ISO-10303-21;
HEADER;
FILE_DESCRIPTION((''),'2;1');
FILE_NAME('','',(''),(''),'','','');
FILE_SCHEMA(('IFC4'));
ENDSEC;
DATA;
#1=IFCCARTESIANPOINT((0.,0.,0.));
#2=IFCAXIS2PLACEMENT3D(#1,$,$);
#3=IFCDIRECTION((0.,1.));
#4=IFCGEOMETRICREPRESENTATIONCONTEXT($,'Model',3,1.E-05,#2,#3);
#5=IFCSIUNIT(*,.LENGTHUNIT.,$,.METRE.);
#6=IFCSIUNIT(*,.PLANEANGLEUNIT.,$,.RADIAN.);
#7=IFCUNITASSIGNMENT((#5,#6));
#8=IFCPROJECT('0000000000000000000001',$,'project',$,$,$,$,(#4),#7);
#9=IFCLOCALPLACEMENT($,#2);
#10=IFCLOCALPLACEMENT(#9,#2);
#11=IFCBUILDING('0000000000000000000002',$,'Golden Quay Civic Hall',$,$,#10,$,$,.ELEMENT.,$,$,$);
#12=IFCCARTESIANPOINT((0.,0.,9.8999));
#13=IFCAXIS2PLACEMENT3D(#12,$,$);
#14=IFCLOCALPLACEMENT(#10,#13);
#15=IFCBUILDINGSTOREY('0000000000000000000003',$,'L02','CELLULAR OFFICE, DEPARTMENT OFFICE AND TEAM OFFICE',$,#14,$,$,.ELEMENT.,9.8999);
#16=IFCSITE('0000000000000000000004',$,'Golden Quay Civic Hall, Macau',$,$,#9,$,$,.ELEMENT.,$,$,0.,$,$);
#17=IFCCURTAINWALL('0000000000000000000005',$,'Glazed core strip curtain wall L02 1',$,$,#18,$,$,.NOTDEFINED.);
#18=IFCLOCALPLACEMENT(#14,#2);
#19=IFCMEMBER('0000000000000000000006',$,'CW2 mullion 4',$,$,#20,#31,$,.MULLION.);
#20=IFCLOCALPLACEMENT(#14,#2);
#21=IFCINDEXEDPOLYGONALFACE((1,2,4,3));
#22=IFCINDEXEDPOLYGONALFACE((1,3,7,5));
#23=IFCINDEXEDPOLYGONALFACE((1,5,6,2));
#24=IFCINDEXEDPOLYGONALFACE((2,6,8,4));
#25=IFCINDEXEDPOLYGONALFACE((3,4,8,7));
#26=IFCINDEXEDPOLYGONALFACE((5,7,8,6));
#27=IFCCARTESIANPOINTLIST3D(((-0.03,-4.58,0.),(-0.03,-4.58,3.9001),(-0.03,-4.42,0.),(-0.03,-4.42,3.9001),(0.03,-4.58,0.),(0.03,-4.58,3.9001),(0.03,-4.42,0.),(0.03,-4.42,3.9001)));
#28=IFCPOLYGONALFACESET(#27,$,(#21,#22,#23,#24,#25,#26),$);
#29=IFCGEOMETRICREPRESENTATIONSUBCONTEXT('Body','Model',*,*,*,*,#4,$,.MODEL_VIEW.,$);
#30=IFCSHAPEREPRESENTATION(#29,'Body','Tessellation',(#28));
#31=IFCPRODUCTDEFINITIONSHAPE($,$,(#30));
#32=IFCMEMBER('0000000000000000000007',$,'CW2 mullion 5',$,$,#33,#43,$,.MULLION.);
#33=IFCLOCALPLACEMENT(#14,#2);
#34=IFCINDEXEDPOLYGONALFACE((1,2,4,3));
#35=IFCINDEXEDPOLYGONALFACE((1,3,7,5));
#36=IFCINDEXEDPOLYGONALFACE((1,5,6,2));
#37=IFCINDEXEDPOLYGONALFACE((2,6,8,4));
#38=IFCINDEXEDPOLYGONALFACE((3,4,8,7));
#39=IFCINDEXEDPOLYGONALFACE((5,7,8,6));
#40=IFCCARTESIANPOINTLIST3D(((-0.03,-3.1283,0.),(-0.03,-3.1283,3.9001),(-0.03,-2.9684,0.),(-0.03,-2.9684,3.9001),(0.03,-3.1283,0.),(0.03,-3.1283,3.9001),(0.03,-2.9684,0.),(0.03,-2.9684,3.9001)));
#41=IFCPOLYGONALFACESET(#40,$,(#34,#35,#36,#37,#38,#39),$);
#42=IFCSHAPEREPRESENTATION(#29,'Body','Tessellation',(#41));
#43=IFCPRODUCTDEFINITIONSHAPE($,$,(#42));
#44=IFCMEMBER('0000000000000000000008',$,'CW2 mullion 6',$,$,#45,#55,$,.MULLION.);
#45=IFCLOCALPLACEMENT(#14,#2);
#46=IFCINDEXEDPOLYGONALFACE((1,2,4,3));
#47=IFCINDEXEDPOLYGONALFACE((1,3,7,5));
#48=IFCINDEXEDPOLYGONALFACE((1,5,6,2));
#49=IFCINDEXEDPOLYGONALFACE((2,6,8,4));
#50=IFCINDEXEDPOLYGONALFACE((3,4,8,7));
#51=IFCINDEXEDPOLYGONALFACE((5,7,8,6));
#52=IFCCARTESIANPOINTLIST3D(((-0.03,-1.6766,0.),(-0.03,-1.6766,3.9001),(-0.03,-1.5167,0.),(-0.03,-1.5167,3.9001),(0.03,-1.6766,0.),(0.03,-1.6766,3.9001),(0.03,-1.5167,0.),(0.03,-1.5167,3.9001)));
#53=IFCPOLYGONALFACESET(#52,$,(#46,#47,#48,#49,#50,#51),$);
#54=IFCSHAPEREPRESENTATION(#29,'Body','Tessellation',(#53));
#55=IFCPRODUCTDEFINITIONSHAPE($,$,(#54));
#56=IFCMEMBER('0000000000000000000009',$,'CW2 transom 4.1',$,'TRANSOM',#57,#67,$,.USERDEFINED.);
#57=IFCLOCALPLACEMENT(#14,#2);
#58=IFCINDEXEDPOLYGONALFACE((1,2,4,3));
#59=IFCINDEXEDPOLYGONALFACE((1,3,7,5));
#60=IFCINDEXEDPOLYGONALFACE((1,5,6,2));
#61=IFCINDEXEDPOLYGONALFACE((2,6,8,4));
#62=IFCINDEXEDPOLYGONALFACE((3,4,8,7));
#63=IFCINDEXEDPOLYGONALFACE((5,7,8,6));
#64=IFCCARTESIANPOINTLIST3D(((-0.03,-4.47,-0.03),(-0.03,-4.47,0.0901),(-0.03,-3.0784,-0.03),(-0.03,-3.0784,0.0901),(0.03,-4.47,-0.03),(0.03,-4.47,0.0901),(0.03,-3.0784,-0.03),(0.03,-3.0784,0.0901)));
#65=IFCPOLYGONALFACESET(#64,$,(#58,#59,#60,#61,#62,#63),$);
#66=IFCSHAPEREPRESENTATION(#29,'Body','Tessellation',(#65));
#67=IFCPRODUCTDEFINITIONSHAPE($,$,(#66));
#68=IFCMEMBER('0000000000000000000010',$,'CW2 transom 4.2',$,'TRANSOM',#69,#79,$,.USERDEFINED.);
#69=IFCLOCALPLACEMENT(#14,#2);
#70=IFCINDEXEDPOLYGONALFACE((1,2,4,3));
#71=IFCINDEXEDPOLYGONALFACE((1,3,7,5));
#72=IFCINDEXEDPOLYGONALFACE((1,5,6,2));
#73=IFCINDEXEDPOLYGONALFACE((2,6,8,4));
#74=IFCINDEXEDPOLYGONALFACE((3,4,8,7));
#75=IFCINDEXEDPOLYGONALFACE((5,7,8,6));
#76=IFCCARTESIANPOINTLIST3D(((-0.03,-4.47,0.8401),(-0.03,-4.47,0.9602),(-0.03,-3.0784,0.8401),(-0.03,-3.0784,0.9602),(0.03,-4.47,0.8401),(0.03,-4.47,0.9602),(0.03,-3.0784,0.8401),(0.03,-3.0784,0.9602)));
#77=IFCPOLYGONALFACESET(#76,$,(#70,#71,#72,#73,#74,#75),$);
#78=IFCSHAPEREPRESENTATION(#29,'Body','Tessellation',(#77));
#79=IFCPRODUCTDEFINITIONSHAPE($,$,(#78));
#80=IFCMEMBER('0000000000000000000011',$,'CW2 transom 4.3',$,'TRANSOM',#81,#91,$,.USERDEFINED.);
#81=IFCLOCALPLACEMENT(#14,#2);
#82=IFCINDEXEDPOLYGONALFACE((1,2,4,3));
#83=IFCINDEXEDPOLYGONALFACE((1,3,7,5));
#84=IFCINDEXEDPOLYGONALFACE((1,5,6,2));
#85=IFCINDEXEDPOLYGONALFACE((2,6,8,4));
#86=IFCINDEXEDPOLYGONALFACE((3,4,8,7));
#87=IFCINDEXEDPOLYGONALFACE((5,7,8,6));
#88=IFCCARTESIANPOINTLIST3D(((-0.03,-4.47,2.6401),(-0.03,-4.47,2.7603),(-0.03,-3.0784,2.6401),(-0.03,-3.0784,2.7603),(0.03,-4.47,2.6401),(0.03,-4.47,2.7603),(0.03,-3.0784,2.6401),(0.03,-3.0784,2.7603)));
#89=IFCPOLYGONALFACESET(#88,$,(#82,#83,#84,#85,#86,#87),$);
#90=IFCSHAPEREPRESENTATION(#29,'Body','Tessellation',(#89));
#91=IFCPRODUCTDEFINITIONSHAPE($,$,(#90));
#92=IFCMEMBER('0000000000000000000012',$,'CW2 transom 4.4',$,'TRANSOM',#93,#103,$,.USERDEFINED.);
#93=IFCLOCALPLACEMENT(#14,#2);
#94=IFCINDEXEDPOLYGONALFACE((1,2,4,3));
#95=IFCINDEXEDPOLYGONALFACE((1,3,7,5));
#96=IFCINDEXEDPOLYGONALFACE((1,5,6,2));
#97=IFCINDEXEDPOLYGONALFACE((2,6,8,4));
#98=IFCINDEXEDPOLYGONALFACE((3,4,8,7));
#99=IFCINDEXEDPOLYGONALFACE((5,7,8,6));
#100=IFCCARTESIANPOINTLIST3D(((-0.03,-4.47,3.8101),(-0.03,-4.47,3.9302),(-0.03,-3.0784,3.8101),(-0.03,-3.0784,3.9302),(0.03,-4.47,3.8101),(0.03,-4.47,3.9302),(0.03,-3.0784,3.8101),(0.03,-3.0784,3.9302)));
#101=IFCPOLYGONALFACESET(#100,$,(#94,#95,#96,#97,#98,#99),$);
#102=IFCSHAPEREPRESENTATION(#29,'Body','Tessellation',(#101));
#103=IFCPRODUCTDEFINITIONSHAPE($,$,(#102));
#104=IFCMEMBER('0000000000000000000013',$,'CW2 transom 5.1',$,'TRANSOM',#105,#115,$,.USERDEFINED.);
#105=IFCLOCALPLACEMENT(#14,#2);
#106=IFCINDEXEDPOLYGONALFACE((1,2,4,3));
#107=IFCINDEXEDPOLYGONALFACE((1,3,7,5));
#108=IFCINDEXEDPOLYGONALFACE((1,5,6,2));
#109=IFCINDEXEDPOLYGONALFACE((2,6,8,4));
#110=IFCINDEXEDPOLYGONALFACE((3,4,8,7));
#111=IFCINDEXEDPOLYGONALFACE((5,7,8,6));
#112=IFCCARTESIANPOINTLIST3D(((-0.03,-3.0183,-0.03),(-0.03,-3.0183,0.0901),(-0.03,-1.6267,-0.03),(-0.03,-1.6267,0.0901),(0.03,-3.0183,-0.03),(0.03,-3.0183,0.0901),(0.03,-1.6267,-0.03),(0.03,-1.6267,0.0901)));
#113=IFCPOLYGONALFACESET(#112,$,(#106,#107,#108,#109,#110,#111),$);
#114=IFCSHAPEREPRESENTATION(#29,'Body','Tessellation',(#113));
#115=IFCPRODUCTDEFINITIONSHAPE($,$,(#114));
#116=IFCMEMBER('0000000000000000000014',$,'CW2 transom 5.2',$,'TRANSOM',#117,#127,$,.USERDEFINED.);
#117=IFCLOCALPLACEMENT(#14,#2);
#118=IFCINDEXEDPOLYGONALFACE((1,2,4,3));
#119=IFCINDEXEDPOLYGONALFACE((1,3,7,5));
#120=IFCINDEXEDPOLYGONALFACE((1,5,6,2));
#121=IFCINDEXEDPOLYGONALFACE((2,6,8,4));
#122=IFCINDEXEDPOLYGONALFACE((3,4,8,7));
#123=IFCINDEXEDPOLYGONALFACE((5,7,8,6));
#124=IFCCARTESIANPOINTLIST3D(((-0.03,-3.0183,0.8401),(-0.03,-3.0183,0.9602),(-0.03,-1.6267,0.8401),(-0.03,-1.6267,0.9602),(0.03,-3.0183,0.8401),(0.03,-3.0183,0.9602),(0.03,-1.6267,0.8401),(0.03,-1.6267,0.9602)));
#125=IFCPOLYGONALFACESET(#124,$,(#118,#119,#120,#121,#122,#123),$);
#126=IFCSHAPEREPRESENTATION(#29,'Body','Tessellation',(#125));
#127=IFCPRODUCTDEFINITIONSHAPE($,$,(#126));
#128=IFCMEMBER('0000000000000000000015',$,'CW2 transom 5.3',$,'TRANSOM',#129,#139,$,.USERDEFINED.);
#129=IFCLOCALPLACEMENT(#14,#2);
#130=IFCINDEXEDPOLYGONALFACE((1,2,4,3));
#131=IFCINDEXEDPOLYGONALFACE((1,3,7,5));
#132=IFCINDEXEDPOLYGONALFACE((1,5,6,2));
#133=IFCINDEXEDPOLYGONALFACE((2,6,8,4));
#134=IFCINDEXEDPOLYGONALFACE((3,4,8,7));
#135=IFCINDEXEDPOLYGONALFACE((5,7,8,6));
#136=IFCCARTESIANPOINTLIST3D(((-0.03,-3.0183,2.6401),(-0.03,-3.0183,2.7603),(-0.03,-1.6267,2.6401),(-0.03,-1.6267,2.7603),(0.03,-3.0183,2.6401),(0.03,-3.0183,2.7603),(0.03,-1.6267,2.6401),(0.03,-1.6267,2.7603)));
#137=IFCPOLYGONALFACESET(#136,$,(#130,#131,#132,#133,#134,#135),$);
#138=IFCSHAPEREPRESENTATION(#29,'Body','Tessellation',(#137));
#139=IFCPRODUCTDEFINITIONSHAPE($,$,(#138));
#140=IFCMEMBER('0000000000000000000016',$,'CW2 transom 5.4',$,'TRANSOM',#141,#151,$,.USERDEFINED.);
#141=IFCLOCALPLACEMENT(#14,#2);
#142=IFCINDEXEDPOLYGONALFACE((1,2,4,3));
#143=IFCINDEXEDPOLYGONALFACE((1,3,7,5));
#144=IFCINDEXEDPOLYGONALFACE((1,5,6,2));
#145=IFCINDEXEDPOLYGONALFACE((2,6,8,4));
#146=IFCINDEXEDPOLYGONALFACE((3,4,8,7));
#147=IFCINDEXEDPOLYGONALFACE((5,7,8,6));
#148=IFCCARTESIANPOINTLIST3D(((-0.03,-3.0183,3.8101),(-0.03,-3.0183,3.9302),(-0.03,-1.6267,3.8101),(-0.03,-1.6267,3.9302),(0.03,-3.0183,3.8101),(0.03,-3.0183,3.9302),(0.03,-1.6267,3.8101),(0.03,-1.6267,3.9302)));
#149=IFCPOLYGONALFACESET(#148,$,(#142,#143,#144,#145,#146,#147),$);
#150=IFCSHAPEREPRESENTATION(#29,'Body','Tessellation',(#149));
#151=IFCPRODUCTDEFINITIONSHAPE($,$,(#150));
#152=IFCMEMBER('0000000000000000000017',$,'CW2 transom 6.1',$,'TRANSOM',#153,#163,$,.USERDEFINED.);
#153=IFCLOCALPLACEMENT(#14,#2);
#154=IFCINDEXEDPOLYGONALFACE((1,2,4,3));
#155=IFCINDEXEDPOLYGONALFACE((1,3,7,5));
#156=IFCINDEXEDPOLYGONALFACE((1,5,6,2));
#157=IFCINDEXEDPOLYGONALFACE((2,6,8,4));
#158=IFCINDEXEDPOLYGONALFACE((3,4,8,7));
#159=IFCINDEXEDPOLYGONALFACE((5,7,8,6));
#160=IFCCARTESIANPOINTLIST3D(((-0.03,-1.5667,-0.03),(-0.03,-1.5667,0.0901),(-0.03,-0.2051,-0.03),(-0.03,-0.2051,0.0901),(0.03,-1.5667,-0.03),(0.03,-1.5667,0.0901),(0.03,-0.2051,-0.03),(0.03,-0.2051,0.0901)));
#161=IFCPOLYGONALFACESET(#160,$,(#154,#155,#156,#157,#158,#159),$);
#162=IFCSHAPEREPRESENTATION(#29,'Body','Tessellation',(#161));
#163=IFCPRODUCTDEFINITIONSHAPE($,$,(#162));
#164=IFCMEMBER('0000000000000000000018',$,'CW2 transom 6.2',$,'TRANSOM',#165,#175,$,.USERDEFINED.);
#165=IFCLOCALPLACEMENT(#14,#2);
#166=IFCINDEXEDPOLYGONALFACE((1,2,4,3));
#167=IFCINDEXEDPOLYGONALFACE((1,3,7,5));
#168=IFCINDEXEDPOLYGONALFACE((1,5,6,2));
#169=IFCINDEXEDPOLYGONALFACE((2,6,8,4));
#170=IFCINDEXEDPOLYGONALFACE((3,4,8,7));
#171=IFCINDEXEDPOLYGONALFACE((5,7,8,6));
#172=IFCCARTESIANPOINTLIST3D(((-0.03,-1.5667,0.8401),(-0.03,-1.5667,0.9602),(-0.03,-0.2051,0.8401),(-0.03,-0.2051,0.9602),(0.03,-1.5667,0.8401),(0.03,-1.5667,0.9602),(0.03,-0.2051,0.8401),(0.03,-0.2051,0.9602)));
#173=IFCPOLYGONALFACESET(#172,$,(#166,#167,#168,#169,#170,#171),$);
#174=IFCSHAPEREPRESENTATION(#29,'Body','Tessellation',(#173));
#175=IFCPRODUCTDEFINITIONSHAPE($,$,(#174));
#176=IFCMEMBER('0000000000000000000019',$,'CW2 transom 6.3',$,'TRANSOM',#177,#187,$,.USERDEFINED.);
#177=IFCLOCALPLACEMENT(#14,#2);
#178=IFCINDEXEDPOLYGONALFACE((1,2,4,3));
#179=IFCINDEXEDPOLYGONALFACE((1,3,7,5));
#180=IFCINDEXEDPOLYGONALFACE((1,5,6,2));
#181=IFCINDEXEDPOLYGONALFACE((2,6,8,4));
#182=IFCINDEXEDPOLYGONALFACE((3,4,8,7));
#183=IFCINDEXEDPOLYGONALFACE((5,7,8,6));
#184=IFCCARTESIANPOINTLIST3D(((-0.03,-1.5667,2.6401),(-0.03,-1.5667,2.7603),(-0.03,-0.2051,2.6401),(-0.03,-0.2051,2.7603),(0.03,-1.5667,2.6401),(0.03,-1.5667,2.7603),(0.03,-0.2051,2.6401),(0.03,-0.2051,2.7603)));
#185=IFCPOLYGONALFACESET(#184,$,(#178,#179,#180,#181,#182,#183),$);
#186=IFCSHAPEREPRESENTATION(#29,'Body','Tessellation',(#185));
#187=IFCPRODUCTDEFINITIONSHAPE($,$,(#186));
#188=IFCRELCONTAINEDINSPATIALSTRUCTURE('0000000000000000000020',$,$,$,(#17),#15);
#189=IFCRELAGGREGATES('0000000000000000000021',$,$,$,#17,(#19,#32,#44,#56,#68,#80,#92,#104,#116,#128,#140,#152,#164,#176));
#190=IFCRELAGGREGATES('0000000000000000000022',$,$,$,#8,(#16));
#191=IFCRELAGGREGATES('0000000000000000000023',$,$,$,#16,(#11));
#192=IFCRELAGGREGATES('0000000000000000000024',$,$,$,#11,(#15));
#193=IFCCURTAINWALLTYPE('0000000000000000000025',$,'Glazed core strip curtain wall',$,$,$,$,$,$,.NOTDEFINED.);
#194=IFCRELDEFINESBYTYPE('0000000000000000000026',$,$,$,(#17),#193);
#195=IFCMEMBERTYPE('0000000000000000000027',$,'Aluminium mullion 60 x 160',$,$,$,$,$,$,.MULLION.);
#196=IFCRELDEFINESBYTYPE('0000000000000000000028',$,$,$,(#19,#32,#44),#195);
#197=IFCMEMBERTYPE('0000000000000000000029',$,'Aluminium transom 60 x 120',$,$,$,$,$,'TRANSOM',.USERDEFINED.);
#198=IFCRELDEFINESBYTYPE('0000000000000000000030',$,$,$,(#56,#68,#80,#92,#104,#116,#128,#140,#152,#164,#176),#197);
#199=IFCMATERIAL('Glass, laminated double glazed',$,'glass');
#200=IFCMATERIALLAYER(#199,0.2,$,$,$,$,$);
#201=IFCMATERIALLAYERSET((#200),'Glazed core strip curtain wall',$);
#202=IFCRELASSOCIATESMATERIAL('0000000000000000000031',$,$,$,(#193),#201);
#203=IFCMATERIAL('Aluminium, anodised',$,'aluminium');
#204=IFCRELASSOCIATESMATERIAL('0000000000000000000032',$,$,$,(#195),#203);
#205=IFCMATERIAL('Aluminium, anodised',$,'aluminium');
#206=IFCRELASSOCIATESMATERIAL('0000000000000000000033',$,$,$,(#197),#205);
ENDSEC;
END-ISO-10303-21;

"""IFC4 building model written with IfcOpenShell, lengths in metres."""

from ifc_helpers import new_model, si_unit, direction, frame, origin, origin_2d, place, context, subcontext, project, spatial, rectangle, extrude, material, layer, layer_set, material_profile, profile_set, type_object, element, aggregate, save


model = new_model("IFC4")

# Units and contexts
model_context = context("Model", 3, precision=1e-05, world=origin(), true_north=direction((0.0, 1.0)))
body_context = subcontext(model_context, "Body", "Model", "MODEL_VIEW")
ifc_project = project(units=[si_unit("LENGTHUNIT", "METRE"), si_unit("PLANEANGLEUNIT", "RADIAN")], contexts=[model_context])

# Site, building, storey
site_placement = place(None, origin())
site = spatial("IfcSite", under=ifc_project, at=site_placement, Name="Golden Quay Civic Hall, Macau", CompositionType="ELEMENT", RefElevation=0.0)
building_placement = place(site_placement, origin())
building = spatial("IfcBuilding", under=site, at=building_placement, Name="Golden Quay Civic Hall", CompositionType="ELEMENT")
storey_placement = place(building_placement, frame((0.0, 0.0, 9.8999)))
storey = spatial("IfcBuildingStorey", under=building, at=storey_placement, Name="L02", Description="CELLULAR OFFICE, DEPARTMENT OFFICE AND TEAM OFFICE", CompositionType="ELEMENT", Elevation=9.8999)

# Curtain wall, members
ifc_material_1 = material(Name="Glass, laminated double glazed", Category="glass")
ifc_layer_1 = layer(ifc_material_1, 0.2)
ifc_layer_set_1 = layer_set([ifc_layer_1], Name="Glazed core strip curtain wall")
curtain_wall_type = type_object("IfcCurtainWallType", Name="Glazed core strip curtain wall", PredefinedType="NOTDEFINED", material=ifc_layer_set_1)
curtain_wall_placement = place(storey_placement, origin())
curtain_wall = element("IfcCurtainWall", 1, at=curtain_wall_placement, inside=storey, type_object=curtain_wall_type, Name="Glazed core strip curtain wall L02 1", PredefinedType="NOTDEFINED")
ifc_material_2 = material(Name="Aluminium, anodised", Category="aluminium")
ifc_material_profile_1 = material_profile(ifc_material_2, rectangle(XDim=0.0601, YDim=0.1599, at=origin_2d()), Name="Aluminium 60 x 160")
ifc_profile_set_1 = profile_set([ifc_material_profile_1], Name="Aluminium, anodised")
member_type_1 = type_object("IfcMemberType", Name="Aluminium mullion 60 x 160", PredefinedType="MULLION", material=ifc_profile_set_1)
member_1_placement = place(storey_placement, frame((0.0, -4.5, 0.0), z_axis=(0.0, 0.0, 1.0), x_axis=(-1.0, 0.0, 0.0)))
member_1 = element("IfcMember", 2, at=member_1_placement, type_object=member_type_1, Name="CW2 mullion 4", PredefinedType="MULLION", context=body_context, shape_type="SweptSolid", body=[
    extrude(rectangle(XDim=0.0601, YDim=0.1599, at=origin_2d()), origin(), (0.0, 0.0, 1.0), 3.9001),
])
member_2_placement = place(storey_placement, frame((0.0, -3.0483, 0.0), z_axis=(0.0, 0.0, 1.0), x_axis=(-1.0, 0.0, 0.0)))
member_2 = element("IfcMember", 3, at=member_2_placement, type_object=member_type_1, Name="CW2 mullion 5", PredefinedType="MULLION", context=body_context, shape_type="SweptSolid", body=[
    extrude(rectangle(XDim=0.0601, YDim=0.1599, at=origin_2d()), origin(), (0.0, 0.0, 1.0), 3.9001),
])
member_3_placement = place(storey_placement, frame((0.0, -1.5967, 0.0), z_axis=(0.0, 0.0, 1.0), x_axis=(-1.0, 0.0, 0.0)))
member_3 = element("IfcMember", 4, at=member_3_placement, type_object=member_type_1, Name="CW2 mullion 6", PredefinedType="MULLION", context=body_context, shape_type="SweptSolid", body=[
    extrude(rectangle(XDim=0.0601, YDim=0.1599, at=origin_2d()), origin(), (0.0, 0.0, 1.0), 3.9001),
])
ifc_material_3 = material(Name="Aluminium, anodised", Category="aluminium")
ifc_material_profile_2 = material_profile(ifc_material_3, rectangle(XDim=0.0601, YDim=0.1201, at=origin_2d()), Name="Aluminium 60 x 120")
ifc_profile_set_2 = profile_set([ifc_material_profile_2], Name="Aluminium, anodised")
member_type_2 = type_object("IfcMemberType", Name="Aluminium transom 60 x 120", ElementType="TRANSOM", PredefinedType="USERDEFINED", material=ifc_profile_set_2)
member_4_placement = place(storey_placement, frame((0.0, -4.47, 0.03), z_axis=(0.0, 1.0, 0.0), x_axis=(-1.0, 0.0, 0.0)))
member_4 = element("IfcMember", 5, at=member_4_placement, type_object=member_type_2, Name="CW2 transom 4.1", ObjectType="TRANSOM", PredefinedType="USERDEFINED", context=body_context, shape_type="SweptSolid", body=[
    extrude(rectangle(XDim=0.0601, YDim=0.1201, at=origin_2d()), origin(), (0.0, 0.0, 1.0), 1.3916),
])
member_5_placement = place(storey_placement, frame((0.0, -4.47, 0.9001), z_axis=(0.0, 1.0, 0.0), x_axis=(-1.0, 0.0, 0.0)))
member_5 = element("IfcMember", 6, at=member_5_placement, type_object=member_type_2, Name="CW2 transom 4.2", ObjectType="TRANSOM", PredefinedType="USERDEFINED", context=body_context, shape_type="SweptSolid", body=[
    extrude(rectangle(XDim=0.0601, YDim=0.1201, at=origin_2d()), origin(), (0.0, 0.0, 1.0), 1.3916),
])
member_6_placement = place(storey_placement, frame((0.0, -4.47, 2.7002), z_axis=(0.0, 1.0, 0.0), x_axis=(-1.0, 0.0, 0.0)))
member_6 = element("IfcMember", 7, at=member_6_placement, type_object=member_type_2, Name="CW2 transom 4.3", ObjectType="TRANSOM", PredefinedType="USERDEFINED", context=body_context, shape_type="SweptSolid", body=[
    extrude(rectangle(XDim=0.0601, YDim=0.1201, at=origin_2d()), origin(), (0.0, 0.0, 1.0), 1.3916),
])
member_7_placement = place(storey_placement, frame((0.0, -4.47, 3.8701), z_axis=(0.0, 1.0, 0.0), x_axis=(-1.0, 0.0, 0.0)))
member_7 = element("IfcMember", 8, at=member_7_placement, type_object=member_type_2, Name="CW2 transom 4.4", ObjectType="TRANSOM", PredefinedType="USERDEFINED", context=body_context, shape_type="SweptSolid", body=[
    extrude(rectangle(XDim=0.0601, YDim=0.1201, at=origin_2d()), origin(), (0.0, 0.0, 1.0), 1.3916),
])
member_8_placement = place(storey_placement, frame((0.0, -3.0183, 0.03), z_axis=(0.0, 1.0, 0.0), x_axis=(-1.0, 0.0, 0.0)))
member_8 = element("IfcMember", 9, at=member_8_placement, type_object=member_type_2, Name="CW2 transom 5.1", ObjectType="TRANSOM", PredefinedType="USERDEFINED", context=body_context, shape_type="SweptSolid", body=[
    extrude(rectangle(XDim=0.0601, YDim=0.1201, at=origin_2d()), origin(), (0.0, 0.0, 1.0), 1.3916),
])
member_9_placement = place(storey_placement, frame((0.0, -3.0183, 0.9001), z_axis=(0.0, 1.0, 0.0), x_axis=(-1.0, 0.0, 0.0)))
member_9 = element("IfcMember", 10, at=member_9_placement, type_object=member_type_2, Name="CW2 transom 5.2", ObjectType="TRANSOM", PredefinedType="USERDEFINED", context=body_context, shape_type="SweptSolid", body=[
    extrude(rectangle(XDim=0.0601, YDim=0.1201, at=origin_2d()), origin(), (0.0, 0.0, 1.0), 1.3916),
])
member_10_placement = place(storey_placement, frame((0.0, -3.0183, 2.7002), z_axis=(0.0, 1.0, 0.0), x_axis=(-1.0, 0.0, 0.0)))
member_10 = element("IfcMember", 11, at=member_10_placement, type_object=member_type_2, Name="CW2 transom 5.3", ObjectType="TRANSOM", PredefinedType="USERDEFINED", context=body_context, shape_type="SweptSolid", body=[
    extrude(rectangle(XDim=0.0601, YDim=0.1201, at=origin_2d()), origin(), (0.0, 0.0, 1.0), 1.3916),
])
member_11_placement = place(storey_placement, frame((0.0, -3.0183, 3.8701), z_axis=(0.0, 1.0, 0.0), x_axis=(-1.0, 0.0, 0.0)))
member_11 = element("IfcMember", 12, at=member_11_placement, type_object=member_type_2, Name="CW2 transom 5.4", ObjectType="TRANSOM", PredefinedType="USERDEFINED", context=body_context, shape_type="SweptSolid", body=[
    extrude(rectangle(XDim=0.0601, YDim=0.1201, at=origin_2d()), origin(), (0.0, 0.0, 1.0), 1.3916),
])
member_12_placement = place(storey_placement, frame((0.0, -1.5667, 0.03), z_axis=(0.0, 1.0, 0.0), x_axis=(-1.0, 0.0, 0.0)))
member_12 = element("IfcMember", 13, at=member_12_placement, type_object=member_type_2, Name="CW2 transom 6.1", ObjectType="TRANSOM", PredefinedType="USERDEFINED", context=body_context, shape_type="SweptSolid", body=[
    extrude(rectangle(XDim=0.0601, YDim=0.1201, at=origin_2d()), origin(), (0.0, 0.0, 1.0), 1.3616),
])
member_13_placement = place(storey_placement, frame((0.0, -1.5667, 0.9001), z_axis=(0.0, 1.0, 0.0), x_axis=(-1.0, 0.0, 0.0)))
member_13 = element("IfcMember", 14, at=member_13_placement, type_object=member_type_2, Name="CW2 transom 6.2", ObjectType="TRANSOM", PredefinedType="USERDEFINED", context=body_context, shape_type="SweptSolid", body=[
    extrude(rectangle(XDim=0.0601, YDim=0.1201, at=origin_2d()), origin(), (0.0, 0.0, 1.0), 1.3616),
])
member_14_placement = place(storey_placement, frame((0.0, -1.5667, 2.7002), z_axis=(0.0, 1.0, 0.0), x_axis=(-1.0, 0.0, 0.0)))
member_14 = element("IfcMember", 15, at=member_14_placement, type_object=member_type_2, Name="CW2 transom 6.3", ObjectType="TRANSOM", PredefinedType="USERDEFINED", context=body_context, shape_type="SweptSolid", body=[
    extrude(rectangle(XDim=0.0601, YDim=0.1201, at=origin_2d()), origin(), (0.0, 0.0, 1.0), 1.3616),
])

aggregate(curtain_wall, [member_1, member_2, member_3, member_4, member_5, member_6, member_7, member_8, member_9, member_10, member_11, member_12, member_13, member_14])

save(model, "model.ifc")
